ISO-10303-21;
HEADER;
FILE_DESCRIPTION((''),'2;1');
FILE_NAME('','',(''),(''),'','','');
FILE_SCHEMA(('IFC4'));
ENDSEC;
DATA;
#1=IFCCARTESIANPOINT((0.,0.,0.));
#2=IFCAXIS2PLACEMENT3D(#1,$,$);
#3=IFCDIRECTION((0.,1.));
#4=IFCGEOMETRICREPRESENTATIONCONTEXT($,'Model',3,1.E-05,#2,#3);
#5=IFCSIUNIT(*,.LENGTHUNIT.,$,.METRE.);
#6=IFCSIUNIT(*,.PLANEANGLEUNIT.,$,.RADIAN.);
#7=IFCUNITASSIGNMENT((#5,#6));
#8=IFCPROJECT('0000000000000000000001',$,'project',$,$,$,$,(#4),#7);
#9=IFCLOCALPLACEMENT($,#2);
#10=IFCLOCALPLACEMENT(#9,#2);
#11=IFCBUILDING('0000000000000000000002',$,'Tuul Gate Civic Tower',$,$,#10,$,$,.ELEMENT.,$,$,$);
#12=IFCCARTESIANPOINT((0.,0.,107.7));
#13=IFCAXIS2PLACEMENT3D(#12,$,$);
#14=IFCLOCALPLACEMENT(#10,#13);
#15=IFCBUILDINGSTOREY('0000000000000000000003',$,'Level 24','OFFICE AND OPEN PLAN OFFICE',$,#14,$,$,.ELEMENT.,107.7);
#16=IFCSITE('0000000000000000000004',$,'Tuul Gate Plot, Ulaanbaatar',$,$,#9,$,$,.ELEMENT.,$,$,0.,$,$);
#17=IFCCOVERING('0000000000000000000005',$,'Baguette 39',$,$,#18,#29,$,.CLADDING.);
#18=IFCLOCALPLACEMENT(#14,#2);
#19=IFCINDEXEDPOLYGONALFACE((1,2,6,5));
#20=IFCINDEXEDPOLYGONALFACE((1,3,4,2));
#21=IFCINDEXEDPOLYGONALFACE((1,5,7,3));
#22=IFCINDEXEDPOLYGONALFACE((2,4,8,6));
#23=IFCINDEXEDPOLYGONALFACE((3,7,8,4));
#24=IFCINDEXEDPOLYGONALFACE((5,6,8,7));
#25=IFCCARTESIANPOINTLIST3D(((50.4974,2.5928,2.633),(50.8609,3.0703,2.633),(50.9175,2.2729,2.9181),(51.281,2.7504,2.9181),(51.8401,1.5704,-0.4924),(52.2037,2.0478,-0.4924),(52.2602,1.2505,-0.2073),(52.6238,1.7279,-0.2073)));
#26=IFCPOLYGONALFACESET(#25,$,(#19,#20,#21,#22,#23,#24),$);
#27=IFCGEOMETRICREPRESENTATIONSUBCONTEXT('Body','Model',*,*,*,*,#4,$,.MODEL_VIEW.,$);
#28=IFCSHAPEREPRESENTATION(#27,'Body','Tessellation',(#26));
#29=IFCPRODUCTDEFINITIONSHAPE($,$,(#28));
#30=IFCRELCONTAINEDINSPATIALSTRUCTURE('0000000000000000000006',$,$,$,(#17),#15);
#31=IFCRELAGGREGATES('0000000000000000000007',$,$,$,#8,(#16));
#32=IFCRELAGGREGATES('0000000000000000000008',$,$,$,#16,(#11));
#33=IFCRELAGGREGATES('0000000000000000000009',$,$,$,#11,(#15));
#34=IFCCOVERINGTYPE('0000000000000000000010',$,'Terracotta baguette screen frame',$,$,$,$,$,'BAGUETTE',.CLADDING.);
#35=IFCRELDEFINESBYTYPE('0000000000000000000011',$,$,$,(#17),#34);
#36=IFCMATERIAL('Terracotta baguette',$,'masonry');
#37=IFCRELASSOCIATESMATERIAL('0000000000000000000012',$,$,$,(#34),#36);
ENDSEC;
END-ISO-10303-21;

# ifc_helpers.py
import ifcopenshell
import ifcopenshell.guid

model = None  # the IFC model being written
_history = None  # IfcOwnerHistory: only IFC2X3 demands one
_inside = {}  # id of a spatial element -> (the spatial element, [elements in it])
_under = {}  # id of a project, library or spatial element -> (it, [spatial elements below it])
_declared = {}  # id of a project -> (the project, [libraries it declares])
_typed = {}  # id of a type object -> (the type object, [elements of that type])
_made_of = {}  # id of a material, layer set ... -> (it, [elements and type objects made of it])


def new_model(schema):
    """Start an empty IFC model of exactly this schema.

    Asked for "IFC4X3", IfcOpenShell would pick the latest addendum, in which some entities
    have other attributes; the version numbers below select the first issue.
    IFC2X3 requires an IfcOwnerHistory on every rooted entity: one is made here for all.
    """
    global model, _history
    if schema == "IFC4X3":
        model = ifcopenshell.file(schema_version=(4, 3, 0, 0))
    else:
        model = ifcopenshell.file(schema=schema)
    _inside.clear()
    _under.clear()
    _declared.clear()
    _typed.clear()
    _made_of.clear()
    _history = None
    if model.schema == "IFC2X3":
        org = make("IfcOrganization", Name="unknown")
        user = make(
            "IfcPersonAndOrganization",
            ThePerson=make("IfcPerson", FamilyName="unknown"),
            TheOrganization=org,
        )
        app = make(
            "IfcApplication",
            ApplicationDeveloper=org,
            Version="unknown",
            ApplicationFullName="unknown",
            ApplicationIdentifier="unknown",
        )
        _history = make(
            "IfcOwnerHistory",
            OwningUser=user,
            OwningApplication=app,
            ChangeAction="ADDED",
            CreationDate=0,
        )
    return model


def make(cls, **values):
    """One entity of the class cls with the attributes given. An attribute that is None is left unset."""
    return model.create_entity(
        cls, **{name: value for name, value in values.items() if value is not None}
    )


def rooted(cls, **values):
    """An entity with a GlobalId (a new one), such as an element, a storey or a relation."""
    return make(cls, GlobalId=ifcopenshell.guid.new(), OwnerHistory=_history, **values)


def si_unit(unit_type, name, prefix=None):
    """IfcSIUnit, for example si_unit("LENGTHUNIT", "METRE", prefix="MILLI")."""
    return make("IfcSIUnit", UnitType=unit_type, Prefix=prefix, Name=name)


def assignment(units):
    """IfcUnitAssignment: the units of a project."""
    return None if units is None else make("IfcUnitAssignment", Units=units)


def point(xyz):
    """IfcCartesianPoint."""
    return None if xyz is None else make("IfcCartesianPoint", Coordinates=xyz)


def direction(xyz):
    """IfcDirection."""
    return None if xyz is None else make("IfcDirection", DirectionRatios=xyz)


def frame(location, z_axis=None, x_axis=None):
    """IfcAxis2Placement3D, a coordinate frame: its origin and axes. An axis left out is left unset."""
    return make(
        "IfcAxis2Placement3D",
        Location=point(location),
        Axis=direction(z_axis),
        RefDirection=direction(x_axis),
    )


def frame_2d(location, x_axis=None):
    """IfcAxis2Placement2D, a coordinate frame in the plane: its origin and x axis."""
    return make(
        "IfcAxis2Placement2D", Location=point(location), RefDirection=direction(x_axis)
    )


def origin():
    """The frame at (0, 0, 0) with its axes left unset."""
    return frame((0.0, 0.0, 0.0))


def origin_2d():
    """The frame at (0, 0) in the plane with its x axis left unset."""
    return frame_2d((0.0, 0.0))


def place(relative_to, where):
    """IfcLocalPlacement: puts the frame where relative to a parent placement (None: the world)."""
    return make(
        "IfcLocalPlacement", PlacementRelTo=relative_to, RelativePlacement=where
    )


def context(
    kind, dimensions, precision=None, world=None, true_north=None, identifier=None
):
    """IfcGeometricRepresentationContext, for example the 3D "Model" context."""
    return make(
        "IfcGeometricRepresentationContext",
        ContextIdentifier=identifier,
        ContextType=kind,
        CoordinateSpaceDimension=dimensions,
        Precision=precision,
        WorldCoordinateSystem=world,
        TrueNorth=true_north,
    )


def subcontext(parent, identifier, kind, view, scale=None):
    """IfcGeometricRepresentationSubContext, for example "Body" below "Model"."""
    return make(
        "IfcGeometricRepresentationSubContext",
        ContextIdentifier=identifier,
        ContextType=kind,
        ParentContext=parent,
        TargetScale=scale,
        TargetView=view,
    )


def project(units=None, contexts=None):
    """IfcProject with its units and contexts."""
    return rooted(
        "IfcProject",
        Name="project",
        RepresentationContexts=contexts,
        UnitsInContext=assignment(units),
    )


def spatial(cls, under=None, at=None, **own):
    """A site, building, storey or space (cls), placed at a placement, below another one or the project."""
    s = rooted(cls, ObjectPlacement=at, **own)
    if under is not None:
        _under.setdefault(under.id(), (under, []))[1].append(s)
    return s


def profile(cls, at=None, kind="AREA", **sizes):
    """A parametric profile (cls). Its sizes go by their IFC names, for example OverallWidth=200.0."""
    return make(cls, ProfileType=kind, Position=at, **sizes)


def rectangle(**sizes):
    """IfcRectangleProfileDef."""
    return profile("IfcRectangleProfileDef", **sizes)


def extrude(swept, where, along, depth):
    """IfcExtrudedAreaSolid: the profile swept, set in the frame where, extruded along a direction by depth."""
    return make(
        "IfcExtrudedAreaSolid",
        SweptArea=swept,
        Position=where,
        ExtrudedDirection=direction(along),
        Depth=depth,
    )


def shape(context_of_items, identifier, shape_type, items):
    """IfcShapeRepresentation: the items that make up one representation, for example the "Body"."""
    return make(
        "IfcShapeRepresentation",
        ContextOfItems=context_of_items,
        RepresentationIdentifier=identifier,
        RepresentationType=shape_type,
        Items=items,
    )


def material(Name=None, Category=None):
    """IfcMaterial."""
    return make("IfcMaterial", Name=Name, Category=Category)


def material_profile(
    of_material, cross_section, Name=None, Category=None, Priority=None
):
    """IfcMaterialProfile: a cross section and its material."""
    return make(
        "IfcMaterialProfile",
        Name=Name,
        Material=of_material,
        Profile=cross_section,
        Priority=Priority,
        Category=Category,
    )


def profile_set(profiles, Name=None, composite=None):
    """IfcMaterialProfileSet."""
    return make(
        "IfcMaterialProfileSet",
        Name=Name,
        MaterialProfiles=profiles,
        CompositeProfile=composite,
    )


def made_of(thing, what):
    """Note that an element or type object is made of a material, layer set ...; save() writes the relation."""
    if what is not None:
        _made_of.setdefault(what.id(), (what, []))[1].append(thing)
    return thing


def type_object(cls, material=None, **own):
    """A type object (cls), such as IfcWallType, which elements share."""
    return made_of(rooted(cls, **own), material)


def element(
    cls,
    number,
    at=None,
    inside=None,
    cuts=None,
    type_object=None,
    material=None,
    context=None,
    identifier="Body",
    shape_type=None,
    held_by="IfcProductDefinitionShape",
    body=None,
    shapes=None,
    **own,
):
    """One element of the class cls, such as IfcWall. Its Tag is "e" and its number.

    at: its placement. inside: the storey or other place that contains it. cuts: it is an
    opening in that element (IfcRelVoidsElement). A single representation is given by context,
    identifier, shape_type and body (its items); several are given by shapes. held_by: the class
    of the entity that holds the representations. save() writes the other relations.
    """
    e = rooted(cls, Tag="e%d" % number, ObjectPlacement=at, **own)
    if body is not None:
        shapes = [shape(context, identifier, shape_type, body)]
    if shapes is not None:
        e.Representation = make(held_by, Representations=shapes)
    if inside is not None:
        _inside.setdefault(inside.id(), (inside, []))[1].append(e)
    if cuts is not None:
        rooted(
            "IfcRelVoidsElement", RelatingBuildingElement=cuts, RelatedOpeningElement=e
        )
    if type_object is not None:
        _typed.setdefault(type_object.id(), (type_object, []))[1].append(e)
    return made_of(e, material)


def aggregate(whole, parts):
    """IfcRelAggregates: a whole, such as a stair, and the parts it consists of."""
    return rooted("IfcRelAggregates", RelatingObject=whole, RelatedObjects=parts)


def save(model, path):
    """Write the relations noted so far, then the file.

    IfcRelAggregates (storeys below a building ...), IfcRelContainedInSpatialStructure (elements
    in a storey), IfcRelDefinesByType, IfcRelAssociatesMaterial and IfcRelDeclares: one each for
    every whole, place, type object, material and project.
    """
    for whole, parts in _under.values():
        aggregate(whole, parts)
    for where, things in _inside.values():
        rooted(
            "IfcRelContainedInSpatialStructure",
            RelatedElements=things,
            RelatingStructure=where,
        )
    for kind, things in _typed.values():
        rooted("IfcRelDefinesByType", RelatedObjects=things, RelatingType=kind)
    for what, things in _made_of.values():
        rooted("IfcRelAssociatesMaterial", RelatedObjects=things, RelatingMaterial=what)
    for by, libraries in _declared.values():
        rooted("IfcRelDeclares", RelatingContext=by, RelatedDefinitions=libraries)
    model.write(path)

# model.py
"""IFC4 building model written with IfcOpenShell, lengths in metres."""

from ifc_helpers import new_model, si_unit, direction, frame, origin, origin_2d, place, context, subcontext, project, spatial, rectangle, extrude, material, material_profile, profile_set, type_object, element, save


model = new_model("IFC4")

# Units and contexts
model_context = context("Model", 3, precision=1e-05, world=origin(), true_north=direction((0.0, 1.0)))
body_context = subcontext(model_context, "Body", "Model", "MODEL_VIEW")
ifc_project = project(units=[si_unit("LENGTHUNIT", "METRE"), si_unit("PLANEANGLEUNIT", "RADIAN")], contexts=[model_context])

# Site, building, storey
site_placement = place(None, origin())
site = spatial("IfcSite", under=ifc_project, at=site_placement, Name="Tuul Gate Plot, Ulaanbaatar", CompositionType="ELEMENT", RefElevation=0.0)
building_placement = place(site_placement, origin())
building = spatial("IfcBuilding", under=site, at=building_placement, Name="Tuul Gate Civic Tower", CompositionType="ELEMENT")
storey_placement = place(building_placement, frame((0.0, 0.0, 107.7)))
storey = spatial("IfcBuildingStorey", under=building, at=storey_placement, Name="Level 24", Description="OFFICE AND OPEN PLAN OFFICE", CompositionType="ELEMENT", Elevation=107.7)

# Covering
ifc_material_1 = material(Name="Terracotta baguette", Category="masonry")
ifc_material_profile_1 = material_profile(ifc_material_1, rectangle(XDim=0.6001, YDim=0.6001, at=origin_2d()), Name="Terracotta baguette screen frame")
ifc_profile_set_1 = profile_set([ifc_material_profile_1], Name="Terracotta baguette")
covering_type = type_object("IfcCoveringType", Name="Terracotta baguette screen frame", ElementType="BAGUETTE", PredefinedType="CLADDING", material=ifc_profile_set_1)
covering_1_placement = place(storey_placement, frame((52.2319, 1.6492, -0.3499), z_axis=(-0.378026, 0.28785, 0.879908), x_axis=(-0.605817, -0.795604, 0.0)))
element("IfcCovering", 1, at=covering_1_placement, inside=storey, type_object=covering_type, Name="Baguette 39", PredefinedType="CLADDING", context=body_context, shape_type="SweptSolid", body=[
    extrude(rectangle(XDim=0.6001, YDim=0.6001, at=origin_2d()), origin(), (0.0, 0.0, 1.0), 3.552),
])

save(model, "model.ifc")
